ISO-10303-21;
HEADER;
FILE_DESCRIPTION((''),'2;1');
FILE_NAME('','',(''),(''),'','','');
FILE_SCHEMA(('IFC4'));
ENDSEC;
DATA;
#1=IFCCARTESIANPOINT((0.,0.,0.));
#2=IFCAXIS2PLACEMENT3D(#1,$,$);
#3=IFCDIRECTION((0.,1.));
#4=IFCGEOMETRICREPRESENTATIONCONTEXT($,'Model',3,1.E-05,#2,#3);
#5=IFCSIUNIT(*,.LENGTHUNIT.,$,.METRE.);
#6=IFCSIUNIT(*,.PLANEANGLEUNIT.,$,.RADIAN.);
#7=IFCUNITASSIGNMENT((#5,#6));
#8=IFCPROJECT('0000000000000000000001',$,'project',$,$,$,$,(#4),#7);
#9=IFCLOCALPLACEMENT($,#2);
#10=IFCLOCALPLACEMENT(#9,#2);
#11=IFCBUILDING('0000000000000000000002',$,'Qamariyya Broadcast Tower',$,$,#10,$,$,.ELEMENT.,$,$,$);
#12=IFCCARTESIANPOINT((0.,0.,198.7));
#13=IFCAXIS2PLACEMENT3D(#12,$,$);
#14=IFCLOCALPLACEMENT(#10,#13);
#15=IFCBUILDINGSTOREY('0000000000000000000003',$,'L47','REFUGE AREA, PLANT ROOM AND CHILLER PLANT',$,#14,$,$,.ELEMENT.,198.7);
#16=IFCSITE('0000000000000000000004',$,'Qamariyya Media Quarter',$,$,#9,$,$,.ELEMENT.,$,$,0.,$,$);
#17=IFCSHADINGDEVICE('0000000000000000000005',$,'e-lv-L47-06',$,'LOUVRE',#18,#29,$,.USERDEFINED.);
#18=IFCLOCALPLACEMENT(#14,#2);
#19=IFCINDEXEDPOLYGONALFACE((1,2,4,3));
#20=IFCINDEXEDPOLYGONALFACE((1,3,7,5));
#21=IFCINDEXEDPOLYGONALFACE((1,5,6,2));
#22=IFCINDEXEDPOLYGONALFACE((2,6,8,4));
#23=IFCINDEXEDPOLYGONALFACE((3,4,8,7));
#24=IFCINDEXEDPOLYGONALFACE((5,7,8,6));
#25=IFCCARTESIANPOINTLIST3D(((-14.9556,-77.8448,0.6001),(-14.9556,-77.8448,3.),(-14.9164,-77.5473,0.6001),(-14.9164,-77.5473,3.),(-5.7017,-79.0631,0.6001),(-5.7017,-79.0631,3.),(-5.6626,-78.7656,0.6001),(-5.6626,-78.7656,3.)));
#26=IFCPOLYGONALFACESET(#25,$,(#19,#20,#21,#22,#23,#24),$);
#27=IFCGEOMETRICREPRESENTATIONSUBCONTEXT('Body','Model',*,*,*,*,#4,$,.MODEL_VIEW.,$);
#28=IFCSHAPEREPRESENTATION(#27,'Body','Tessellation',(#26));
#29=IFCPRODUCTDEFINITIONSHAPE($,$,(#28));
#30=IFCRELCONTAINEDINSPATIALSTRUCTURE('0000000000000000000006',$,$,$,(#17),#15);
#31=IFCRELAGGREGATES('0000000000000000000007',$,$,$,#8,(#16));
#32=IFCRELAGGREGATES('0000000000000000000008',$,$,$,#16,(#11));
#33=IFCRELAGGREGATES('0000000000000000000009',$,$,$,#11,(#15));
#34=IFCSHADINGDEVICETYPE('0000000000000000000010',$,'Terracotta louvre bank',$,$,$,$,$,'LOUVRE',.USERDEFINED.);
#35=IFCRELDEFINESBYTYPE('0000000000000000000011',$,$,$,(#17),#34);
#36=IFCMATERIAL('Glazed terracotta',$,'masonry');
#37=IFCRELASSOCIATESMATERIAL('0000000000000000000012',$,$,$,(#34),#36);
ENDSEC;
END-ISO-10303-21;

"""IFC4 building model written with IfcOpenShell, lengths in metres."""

from ifc_helpers import new_model, si_unit, direction, frame, origin, origin_2d, place, context, subcontext, project, spatial, rectangle, extrude, material, type_object, element, save


model = new_model("IFC4")

# Units and contexts
model_context = context("Model", 3, precision=1e-05, world=origin(), true_north=direction((0.0, 1.0)))
body_context = subcontext(model_context, "Body", "Model", "MODEL_VIEW")
ifc_project = project(units=[si_unit("LENGTHUNIT", "METRE"), si_unit("PLANEANGLEUNIT", "RADIAN")], contexts=[model_context])

# Site, building, storey
site_placement = place(None, origin())
site = spatial("IfcSite", under=ifc_project, at=site_placement, Name="Qamariyya Media Quarter", CompositionType="ELEMENT", RefElevation=0.0)
building_placement = place(site_placement, origin())
building = spatial("IfcBuilding", under=site, at=building_placement, Name="Qamariyya Broadcast Tower", CompositionType="ELEMENT")
storey_placement = place(building_placement, frame((0.0, 0.0, 198.7)))
storey = spatial("IfcBuildingStorey", under=building, at=storey_placement, Name="L47", Description="REFUGE AREA, PLANT ROOM AND CHILLER PLANT", CompositionType="ELEMENT", Elevation=198.7)

# Shading device
ifc_material_1 = material(Name="Glazed terracotta", Category="masonry")
shading_device_type = type_object("IfcShadingDeviceType", Name="Terracotta louvre bank", ElementType="LOUVRE", PredefinedType="USERDEFINED", material=ifc_material_1)
shading_device_placement = place(storey_placement, frame((-10.3091, -78.3052, 0.6001), z_axis=(0.0, 0.0, 1.0), x_axis=(0.991445, -0.130526, 0.0)))
element("IfcShadingDevice", 1, at=shading_device_placement, inside=storey, type_object=shading_device_type, Name="e-lv-L47-06", ObjectType="LOUVRE", PredefinedType="USERDEFINED", context=body_context, shape_type="SweptSolid", body=[
    extrude(rectangle(XDim=9.3337, YDim=0.3, at=origin_2d()), origin(), (0.0, 0.0, 1.0), 2.3999),
])

save(model, "model.ifc")
